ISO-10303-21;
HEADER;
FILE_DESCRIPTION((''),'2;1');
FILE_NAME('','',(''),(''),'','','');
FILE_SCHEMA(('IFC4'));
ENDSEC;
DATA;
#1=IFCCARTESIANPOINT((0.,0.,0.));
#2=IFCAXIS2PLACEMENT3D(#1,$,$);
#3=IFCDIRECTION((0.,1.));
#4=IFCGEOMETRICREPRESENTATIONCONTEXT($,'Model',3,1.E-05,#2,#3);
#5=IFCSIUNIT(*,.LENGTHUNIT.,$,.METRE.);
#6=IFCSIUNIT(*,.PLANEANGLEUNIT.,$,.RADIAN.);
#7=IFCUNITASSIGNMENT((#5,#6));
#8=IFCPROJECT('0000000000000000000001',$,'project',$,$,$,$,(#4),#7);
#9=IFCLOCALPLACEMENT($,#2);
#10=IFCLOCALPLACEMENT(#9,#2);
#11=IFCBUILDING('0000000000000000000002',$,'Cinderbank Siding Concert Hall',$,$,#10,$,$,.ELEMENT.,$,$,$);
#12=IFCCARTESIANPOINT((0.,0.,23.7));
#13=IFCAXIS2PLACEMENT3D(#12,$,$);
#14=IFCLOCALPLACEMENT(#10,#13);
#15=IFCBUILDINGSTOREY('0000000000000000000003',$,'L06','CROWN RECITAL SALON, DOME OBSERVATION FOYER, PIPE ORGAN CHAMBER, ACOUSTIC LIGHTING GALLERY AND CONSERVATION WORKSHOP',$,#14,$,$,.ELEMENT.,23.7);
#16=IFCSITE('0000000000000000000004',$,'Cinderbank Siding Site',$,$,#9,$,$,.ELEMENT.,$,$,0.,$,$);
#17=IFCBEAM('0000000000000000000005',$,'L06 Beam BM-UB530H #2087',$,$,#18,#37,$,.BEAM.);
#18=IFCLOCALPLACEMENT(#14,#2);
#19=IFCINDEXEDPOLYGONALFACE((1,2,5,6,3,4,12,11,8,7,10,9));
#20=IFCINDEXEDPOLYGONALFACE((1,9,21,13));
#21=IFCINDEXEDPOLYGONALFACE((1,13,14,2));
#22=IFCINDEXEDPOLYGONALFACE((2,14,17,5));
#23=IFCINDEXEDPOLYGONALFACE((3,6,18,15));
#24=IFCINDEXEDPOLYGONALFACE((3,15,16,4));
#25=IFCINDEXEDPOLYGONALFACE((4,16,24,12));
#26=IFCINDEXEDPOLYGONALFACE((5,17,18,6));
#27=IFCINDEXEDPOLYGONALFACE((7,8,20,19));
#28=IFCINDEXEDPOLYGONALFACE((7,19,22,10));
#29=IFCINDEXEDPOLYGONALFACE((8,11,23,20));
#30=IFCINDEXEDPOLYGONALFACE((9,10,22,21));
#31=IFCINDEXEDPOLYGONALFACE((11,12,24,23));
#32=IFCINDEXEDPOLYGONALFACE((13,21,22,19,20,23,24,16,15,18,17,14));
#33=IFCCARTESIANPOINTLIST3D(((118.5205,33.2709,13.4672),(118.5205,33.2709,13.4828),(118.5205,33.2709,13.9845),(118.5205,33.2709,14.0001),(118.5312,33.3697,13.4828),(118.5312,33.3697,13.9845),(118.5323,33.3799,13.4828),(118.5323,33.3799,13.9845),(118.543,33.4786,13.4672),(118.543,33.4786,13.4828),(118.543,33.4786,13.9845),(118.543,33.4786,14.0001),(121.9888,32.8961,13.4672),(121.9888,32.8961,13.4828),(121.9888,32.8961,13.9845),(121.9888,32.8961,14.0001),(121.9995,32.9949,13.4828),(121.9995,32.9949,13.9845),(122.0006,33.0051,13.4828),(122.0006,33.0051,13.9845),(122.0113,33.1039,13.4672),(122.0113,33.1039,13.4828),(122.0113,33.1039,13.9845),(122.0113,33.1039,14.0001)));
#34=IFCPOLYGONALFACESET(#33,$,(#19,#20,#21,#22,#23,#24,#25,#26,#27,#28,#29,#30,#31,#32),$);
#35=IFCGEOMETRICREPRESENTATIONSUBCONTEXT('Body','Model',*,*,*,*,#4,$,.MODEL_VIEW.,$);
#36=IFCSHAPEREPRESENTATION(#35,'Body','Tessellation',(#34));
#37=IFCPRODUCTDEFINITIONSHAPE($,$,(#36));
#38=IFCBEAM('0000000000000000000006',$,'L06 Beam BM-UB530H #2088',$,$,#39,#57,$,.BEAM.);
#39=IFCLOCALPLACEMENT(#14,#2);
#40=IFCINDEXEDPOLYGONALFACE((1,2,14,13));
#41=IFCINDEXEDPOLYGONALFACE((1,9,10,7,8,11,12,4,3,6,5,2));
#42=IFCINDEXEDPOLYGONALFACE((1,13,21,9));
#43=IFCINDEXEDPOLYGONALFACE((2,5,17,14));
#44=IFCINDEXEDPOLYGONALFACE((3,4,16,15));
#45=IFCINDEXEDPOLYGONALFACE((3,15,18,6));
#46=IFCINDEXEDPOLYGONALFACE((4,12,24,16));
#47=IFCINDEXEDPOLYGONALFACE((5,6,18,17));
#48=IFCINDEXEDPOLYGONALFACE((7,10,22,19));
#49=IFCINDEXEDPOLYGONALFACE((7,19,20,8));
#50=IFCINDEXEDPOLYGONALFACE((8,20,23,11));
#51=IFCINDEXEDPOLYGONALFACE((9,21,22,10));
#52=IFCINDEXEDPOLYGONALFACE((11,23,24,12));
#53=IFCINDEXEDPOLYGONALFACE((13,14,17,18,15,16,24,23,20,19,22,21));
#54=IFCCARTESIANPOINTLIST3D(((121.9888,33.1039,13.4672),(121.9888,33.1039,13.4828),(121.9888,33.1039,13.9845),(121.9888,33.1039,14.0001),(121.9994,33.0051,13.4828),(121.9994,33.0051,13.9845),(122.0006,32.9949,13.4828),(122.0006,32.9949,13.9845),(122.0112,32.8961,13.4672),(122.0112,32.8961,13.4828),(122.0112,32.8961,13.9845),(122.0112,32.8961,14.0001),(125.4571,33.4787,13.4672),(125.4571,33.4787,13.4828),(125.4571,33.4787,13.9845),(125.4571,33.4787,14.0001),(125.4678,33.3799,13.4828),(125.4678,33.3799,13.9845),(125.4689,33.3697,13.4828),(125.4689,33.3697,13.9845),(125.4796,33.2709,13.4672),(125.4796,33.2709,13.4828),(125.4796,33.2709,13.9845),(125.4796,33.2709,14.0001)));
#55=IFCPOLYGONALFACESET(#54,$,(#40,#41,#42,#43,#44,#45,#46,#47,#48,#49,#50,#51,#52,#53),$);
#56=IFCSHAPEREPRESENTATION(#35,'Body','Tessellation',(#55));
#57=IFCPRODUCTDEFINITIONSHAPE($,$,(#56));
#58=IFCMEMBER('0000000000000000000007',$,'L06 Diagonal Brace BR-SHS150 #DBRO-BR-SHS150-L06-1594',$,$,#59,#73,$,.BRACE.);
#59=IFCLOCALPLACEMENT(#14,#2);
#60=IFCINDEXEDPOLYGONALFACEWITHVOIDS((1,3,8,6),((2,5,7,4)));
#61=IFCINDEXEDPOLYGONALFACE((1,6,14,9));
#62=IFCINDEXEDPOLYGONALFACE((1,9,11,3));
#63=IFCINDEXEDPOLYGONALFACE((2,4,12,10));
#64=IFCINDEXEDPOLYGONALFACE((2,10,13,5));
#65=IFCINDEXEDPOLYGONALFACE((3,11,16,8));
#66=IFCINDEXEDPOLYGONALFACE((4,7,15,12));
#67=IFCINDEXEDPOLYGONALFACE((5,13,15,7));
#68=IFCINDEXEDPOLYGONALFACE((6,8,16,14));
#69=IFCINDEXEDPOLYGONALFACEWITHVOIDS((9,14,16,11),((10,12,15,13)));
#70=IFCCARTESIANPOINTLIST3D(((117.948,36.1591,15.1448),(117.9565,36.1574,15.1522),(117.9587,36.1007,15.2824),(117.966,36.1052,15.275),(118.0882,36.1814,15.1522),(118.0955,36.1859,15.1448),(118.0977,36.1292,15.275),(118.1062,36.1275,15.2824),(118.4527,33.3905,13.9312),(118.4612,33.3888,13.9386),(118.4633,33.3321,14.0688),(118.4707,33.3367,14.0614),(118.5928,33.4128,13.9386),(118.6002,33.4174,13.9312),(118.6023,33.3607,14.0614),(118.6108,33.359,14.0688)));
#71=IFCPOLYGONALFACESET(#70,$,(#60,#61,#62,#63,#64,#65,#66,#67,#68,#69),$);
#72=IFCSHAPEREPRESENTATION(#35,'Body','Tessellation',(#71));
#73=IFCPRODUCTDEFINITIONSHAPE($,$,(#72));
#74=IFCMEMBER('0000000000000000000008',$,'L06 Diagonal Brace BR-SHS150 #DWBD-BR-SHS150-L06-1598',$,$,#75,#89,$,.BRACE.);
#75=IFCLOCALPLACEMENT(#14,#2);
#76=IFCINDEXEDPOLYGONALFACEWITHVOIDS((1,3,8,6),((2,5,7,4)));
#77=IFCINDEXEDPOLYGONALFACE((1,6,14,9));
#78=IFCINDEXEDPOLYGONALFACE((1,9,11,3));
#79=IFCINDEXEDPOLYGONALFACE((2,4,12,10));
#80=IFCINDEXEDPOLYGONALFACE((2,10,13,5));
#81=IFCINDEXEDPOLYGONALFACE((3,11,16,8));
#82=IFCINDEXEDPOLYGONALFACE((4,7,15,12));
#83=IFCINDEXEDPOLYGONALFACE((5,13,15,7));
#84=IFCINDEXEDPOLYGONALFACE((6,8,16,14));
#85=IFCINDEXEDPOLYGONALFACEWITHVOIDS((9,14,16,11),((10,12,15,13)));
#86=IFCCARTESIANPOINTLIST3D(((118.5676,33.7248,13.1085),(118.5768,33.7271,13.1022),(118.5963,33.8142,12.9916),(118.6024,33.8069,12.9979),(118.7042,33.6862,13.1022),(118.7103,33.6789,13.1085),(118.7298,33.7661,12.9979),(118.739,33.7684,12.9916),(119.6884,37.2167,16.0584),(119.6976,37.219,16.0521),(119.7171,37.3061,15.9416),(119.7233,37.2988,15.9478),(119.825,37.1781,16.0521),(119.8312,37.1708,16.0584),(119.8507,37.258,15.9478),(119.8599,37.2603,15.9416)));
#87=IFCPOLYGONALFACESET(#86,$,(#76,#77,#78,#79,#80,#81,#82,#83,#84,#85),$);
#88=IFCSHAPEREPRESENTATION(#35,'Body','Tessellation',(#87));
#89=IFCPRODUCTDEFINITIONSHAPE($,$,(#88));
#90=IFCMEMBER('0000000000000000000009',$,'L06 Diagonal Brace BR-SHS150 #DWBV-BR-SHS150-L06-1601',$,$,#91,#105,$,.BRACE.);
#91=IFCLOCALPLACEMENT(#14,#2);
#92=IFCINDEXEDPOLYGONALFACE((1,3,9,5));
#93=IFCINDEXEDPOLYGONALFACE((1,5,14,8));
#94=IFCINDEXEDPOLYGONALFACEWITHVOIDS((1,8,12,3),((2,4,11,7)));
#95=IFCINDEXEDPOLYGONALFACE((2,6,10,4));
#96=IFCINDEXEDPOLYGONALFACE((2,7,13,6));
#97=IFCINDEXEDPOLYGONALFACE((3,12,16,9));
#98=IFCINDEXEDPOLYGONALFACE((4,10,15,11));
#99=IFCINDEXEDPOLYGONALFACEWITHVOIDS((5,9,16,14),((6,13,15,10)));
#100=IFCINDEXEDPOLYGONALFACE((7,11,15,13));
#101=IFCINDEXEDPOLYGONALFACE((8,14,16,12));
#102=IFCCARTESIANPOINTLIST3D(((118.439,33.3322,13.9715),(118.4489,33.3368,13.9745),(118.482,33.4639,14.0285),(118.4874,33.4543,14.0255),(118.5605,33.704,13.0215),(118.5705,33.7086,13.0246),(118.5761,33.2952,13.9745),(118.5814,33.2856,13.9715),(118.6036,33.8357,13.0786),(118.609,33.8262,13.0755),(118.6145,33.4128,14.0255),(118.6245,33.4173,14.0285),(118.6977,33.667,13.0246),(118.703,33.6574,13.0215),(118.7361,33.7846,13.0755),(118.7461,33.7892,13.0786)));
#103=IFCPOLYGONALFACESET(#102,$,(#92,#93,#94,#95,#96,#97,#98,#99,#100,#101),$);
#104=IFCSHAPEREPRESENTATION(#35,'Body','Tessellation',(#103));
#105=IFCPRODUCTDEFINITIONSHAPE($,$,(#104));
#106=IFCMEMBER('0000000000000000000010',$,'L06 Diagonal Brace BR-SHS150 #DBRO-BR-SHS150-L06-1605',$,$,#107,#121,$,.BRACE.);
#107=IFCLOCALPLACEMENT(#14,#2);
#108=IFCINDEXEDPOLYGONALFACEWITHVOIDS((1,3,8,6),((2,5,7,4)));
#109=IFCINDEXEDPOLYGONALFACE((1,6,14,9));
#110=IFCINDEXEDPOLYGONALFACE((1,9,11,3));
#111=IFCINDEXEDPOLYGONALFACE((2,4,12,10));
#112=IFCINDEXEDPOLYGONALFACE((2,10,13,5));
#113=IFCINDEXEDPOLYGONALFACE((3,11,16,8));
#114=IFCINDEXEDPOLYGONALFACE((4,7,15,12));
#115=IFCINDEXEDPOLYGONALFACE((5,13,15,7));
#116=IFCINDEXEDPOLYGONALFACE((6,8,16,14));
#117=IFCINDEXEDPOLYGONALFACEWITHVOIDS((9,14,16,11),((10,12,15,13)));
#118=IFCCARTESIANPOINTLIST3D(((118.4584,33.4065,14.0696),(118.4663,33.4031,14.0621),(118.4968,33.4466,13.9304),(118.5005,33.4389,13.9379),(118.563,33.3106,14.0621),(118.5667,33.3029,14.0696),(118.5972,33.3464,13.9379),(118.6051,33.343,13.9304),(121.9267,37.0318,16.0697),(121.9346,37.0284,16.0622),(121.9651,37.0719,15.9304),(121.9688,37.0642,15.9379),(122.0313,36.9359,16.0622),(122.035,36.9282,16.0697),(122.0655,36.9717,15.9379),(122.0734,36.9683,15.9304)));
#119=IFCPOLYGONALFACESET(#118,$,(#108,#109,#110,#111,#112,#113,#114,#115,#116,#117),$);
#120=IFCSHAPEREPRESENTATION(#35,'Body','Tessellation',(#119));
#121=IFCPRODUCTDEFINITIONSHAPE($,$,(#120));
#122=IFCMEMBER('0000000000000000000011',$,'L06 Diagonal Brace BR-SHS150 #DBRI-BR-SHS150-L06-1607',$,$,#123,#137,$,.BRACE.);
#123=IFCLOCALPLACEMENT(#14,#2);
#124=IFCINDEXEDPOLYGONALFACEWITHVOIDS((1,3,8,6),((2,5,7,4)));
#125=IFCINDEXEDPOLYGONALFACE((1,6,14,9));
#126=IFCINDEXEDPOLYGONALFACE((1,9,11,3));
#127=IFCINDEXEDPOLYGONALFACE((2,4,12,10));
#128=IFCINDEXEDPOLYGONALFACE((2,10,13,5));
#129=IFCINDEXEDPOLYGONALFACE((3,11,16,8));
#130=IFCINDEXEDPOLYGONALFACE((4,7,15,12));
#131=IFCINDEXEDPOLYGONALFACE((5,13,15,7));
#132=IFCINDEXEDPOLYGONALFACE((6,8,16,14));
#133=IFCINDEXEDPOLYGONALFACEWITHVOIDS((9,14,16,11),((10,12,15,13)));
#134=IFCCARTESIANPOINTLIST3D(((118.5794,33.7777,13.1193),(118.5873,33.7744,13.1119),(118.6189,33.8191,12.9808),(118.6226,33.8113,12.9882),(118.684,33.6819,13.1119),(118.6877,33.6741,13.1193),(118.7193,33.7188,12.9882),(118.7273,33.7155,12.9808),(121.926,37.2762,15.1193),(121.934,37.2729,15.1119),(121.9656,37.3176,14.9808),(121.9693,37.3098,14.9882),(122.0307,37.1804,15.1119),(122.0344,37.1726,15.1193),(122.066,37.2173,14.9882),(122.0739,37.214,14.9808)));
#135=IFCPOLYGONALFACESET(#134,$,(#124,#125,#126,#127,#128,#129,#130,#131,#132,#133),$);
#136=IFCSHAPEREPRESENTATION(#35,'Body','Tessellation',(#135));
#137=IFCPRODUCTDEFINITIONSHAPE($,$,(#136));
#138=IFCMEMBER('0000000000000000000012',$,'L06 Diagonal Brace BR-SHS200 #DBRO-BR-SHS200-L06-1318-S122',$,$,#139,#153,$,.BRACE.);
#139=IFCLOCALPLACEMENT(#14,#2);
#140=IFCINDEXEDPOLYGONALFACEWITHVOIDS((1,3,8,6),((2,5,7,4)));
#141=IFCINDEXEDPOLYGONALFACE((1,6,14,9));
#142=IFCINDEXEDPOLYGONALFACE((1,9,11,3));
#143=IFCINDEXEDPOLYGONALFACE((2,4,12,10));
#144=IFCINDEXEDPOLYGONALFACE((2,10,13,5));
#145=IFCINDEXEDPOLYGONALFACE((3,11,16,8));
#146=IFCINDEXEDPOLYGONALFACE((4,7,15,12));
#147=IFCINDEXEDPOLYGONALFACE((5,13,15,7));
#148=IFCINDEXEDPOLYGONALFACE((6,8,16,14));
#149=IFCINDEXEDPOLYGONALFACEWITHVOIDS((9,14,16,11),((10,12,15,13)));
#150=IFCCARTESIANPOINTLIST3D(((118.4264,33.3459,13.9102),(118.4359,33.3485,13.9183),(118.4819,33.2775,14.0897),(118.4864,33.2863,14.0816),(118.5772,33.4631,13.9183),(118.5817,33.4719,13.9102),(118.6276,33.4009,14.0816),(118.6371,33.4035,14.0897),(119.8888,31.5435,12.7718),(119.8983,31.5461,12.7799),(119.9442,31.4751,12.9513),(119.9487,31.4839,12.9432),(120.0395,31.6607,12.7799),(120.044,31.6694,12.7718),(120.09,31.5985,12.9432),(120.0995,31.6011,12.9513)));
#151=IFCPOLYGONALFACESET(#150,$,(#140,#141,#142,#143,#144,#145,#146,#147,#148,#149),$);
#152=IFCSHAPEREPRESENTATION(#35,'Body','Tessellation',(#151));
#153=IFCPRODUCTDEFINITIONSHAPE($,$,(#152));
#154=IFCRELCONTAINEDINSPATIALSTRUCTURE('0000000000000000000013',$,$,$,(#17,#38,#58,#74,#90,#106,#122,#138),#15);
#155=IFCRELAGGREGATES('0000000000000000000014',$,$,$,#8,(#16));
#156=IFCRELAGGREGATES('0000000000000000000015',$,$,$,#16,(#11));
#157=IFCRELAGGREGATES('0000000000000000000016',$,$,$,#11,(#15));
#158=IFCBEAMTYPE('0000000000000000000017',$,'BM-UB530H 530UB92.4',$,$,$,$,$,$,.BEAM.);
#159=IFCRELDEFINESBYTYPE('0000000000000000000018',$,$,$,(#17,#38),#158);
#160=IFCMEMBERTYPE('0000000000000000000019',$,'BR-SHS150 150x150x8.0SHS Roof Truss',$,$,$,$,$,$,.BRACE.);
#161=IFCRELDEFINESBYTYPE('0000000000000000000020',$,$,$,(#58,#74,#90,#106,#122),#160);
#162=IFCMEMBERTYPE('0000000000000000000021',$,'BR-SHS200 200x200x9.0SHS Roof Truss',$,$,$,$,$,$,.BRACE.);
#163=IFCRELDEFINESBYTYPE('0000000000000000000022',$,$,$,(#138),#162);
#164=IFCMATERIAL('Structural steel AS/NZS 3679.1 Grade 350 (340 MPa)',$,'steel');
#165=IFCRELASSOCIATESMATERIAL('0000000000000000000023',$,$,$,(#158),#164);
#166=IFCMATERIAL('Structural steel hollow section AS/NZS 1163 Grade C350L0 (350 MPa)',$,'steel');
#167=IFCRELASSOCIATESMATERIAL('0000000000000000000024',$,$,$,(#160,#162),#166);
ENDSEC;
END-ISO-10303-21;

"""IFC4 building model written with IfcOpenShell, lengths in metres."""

from ifc_helpers import new_model, si_unit, direction, frame, origin, origin_2d, place, context, subcontext, project, spatial, hollow_rectangle, i_section, extrude, material, material_profile, profile_set, type_object, element, save


model = new_model("IFC4")

# Units and contexts
model_context = context("Model", 3, precision=1e-05, world=origin(), true_north=direction((0.0, 1.0)))
body_context = subcontext(model_context, "Body", "Model", "MODEL_VIEW")
ifc_project = project(units=[si_unit("LENGTHUNIT", "METRE"), si_unit("PLANEANGLEUNIT", "RADIAN")], contexts=[model_context])

# Site, building, storey
site_placement = place(None, origin())
site = spatial("IfcSite", under=ifc_project, at=site_placement, Name="Cinderbank Siding Site", CompositionType="ELEMENT", RefElevation=0.0)
building_placement = place(site_placement, origin())
building = spatial("IfcBuilding", under=site, at=building_placement, Name="Cinderbank Siding Concert Hall", CompositionType="ELEMENT")
storey_placement = place(building_placement, frame((0.0, 0.0, 23.7)))
storey = spatial("IfcBuildingStorey", under=building, at=storey_placement, Name="L06", Description="CROWN RECITAL SALON, DOME OBSERVATION FOYER, PIPE ORGAN CHAMBER, ACOUSTIC LIGHTING GALLERY AND CONSERVATION WORKSHOP", CompositionType="ELEMENT", Elevation=23.7)

# Beams
ifc_material_1 = material(Name="Structural steel AS/NZS 3679.1 Grade 350 (340 MPa)", Category="steel")
ifc_material_profile_1 = material_profile(ifc_material_1, i_section(OverallWidth=0.209, OverallDepth=0.533, WebThickness=0.0103, FlangeThickness=0.0156, at=origin_2d()), Name="530UB92.4", Category="LoadBearing")
ifc_profile_set_1 = profile_set([ifc_material_profile_1], Name="Structural steel AS/NZS 3679.1 Grade 350 (340 MPa)")
beam_type = type_object("IfcBeamType", Name="BM-UB530H 530UB92.4", PredefinedType="BEAM", material=ifc_profile_set_1)
for number, where, z_axis, x_axis, name in (
    (1, (118.5317, 33.3748, 13.7336), (0.994213, -0.107428, 0.0), (0.107428, 0.994213, 0.0), "L06 Beam BM-UB530H #2087"),
    (2, (122.0, 33.0, 13.7336), (0.994213, 0.107428, 0.0), (-0.107428, 0.994213, 0.0), "L06 Beam BM-UB530H #2088"),
):
    element("IfcBeam", number, at=place(storey_placement, frame(where, z_axis=z_axis, x_axis=x_axis)), inside=storey, type_object=beam_type, Name=name, PredefinedType="BEAM", context=body_context, shape_type="SweptSolid", body=[
        extrude(i_section(OverallWidth=0.209, OverallDepth=0.533, WebThickness=0.0103, FlangeThickness=0.0156, at=origin_2d()), origin(), (0.0, 0.0, 1.0), 3.4885),
    ])

# Members
ifc_material_2 = material(Name="Structural steel hollow section AS/NZS 1163 Grade C350L0 (350 MPa)", Category="steel")
ifc_material_profile_2 = material_profile(ifc_material_2, hollow_rectangle(XDim=0.1499, YDim=0.1499, WallThickness=0.0081, at=origin_2d()), Name="150x150x8.0SHS", Category="LoadBearing")
ifc_profile_set_2 = profile_set([ifc_material_profile_2], Name="Structural steel hollow section AS/NZS 1163 Grade C350L0 (350 MPa)")
member_type_1 = type_object("IfcMemberType", Name="BR-SHS150 150x150x8.0SHS Roof Truss", PredefinedType="BRACE", material=ifc_profile_set_2)
member_1_placement = place(storey_placement, frame((118.5317, 33.3748, 14.0), z_axis=(-0.164661, 0.903366, 0.396), x_axis=(-0.983791, -0.179321, 0.0)))
element("IfcMember", 3, at=member_1_placement, inside=storey, type_object=member_type_1, Name="L06 Diagonal Brace BR-SHS150 #DBRO-BR-SHS150-L06-1594", PredefinedType="BRACE", context=body_context, shape_type="SweptSolid", body=[
    extrude(hollow_rectangle(XDim=0.1499, YDim=0.1499, WallThickness=0.0081, at=origin_2d()), origin(), (0.0, 0.0, 1.0), 3.0647),
])
member_2_placement = place(storey_placement, frame((118.6533, 33.7466, 13.05), z_axis=(0.238144, 0.741923, 0.626768), x_axis=(-0.952152, 0.305623, 0.0)))
element("IfcMember", 4, at=member_2_placement, inside=storey, type_object=member_type_1, Name="L06 Diagonal Brace BR-SHS150 #DWBD-BR-SHS150-L06-1598", PredefinedType="BRACE", context=body_context, shape_type="SweptSolid", body=[
    extrude(hollow_rectangle(XDim=0.1499, YDim=0.1499, WallThickness=0.0081, at=origin_2d()), origin(), (0.0, 0.0, 1.0), 4.7065),
])
member_3_placement = place(storey_placement, frame((118.6533, 33.7466, 13.05), z_axis=(-0.118346, -0.361928, 0.924663), x_axis=(0.950478, -0.310793, 0.0)))
element("IfcMember", 5, at=member_3_placement, inside=storey, type_object=member_type_1, Name="L06 Diagonal Brace BR-SHS150 #DWBV-BR-SHS150-L06-1601", PredefinedType="BRACE", context=body_context, shape_type="SweptSolid", body=[
    extrude(hollow_rectangle(XDim=0.1499, YDim=0.1499, WallThickness=0.0081, at=origin_2d()), origin(), (0.0, 0.0, 1.0), 1.0273),
])
member_4_placement = place(storey_placement, frame((118.5317, 33.3748, 14.0), z_axis=(0.642147, 0.671212, 0.370299), x_axis=(-0.722578, 0.691289, 0.0)))
element("IfcMember", 6, at=member_4_placement, inside=storey, type_object=member_type_1, Name="L06 Diagonal Brace BR-SHS150 #DBRO-BR-SHS150-L06-1605", PredefinedType="BRACE", context=body_context, shape_type="SweptSolid", body=[
    extrude(hollow_rectangle(XDim=0.1499, YDim=0.1499, WallThickness=0.0081, at=origin_2d()), origin(), (0.0, 0.0, 1.0), 5.4011),
])
member_5_placement = place(storey_placement, frame((118.6533, 33.7466, 13.05), z_axis=(0.638884, 0.667873, 0.381802), x_axis=(-0.722616, 0.69125, 0.0)))
element("IfcMember", 7, at=member_5_placement, inside=storey, type_object=member_type_1, Name="L06 Diagonal Brace BR-SHS150 #DBRI-BR-SHS150-L06-1607", PredefinedType="BRACE", context=body_context, shape_type="SweptSolid", body=[
    extrude(hollow_rectangle(XDim=0.1499, YDim=0.1499, WallThickness=0.0081, at=origin_2d()), origin(), (0.0, 0.0, 1.0), 5.2383),
])
ifc_material_profile_3 = material_profile(ifc_material_2, hollow_rectangle(XDim=0.2, YDim=0.2, WallThickness=0.009, at=origin_2d()), Name="200x200x9.0SHS", Category="LoadBearing")
ifc_profile_set_3 = profile_set([ifc_material_profile_3], Name="Structural steel hollow section AS/NZS 1163 Grade C350L0 (350 MPa)")
member_type_2 = type_object("IfcMemberType", Name="BR-SHS200 200x200x9.0SHS Roof Truss", PredefinedType="BRACE", material=ifc_profile_set_3)
member_6_placement = place(storey_placement, frame((119.9941, 31.5723, 12.8616), z_axis=(-0.565668, 0.697216, 0.440352), x_axis=(-0.776561, -0.630042, 0.0)))
element("IfcMember", 8, at=member_6_placement, inside=storey, type_object=member_type_2, Name="L06 Diagonal Brace BR-SHS200 #DBRO-BR-SHS200-L06-1318-S122", PredefinedType="BRACE", context=body_context, shape_type="SweptSolid", body=[
    extrude(hollow_rectangle(XDim=0.2, YDim=0.2, WallThickness=0.009, at=origin_2d()), origin(), (0.0, 0.0, 1.0), 2.5852),
])

save(model, "model.ifc")
